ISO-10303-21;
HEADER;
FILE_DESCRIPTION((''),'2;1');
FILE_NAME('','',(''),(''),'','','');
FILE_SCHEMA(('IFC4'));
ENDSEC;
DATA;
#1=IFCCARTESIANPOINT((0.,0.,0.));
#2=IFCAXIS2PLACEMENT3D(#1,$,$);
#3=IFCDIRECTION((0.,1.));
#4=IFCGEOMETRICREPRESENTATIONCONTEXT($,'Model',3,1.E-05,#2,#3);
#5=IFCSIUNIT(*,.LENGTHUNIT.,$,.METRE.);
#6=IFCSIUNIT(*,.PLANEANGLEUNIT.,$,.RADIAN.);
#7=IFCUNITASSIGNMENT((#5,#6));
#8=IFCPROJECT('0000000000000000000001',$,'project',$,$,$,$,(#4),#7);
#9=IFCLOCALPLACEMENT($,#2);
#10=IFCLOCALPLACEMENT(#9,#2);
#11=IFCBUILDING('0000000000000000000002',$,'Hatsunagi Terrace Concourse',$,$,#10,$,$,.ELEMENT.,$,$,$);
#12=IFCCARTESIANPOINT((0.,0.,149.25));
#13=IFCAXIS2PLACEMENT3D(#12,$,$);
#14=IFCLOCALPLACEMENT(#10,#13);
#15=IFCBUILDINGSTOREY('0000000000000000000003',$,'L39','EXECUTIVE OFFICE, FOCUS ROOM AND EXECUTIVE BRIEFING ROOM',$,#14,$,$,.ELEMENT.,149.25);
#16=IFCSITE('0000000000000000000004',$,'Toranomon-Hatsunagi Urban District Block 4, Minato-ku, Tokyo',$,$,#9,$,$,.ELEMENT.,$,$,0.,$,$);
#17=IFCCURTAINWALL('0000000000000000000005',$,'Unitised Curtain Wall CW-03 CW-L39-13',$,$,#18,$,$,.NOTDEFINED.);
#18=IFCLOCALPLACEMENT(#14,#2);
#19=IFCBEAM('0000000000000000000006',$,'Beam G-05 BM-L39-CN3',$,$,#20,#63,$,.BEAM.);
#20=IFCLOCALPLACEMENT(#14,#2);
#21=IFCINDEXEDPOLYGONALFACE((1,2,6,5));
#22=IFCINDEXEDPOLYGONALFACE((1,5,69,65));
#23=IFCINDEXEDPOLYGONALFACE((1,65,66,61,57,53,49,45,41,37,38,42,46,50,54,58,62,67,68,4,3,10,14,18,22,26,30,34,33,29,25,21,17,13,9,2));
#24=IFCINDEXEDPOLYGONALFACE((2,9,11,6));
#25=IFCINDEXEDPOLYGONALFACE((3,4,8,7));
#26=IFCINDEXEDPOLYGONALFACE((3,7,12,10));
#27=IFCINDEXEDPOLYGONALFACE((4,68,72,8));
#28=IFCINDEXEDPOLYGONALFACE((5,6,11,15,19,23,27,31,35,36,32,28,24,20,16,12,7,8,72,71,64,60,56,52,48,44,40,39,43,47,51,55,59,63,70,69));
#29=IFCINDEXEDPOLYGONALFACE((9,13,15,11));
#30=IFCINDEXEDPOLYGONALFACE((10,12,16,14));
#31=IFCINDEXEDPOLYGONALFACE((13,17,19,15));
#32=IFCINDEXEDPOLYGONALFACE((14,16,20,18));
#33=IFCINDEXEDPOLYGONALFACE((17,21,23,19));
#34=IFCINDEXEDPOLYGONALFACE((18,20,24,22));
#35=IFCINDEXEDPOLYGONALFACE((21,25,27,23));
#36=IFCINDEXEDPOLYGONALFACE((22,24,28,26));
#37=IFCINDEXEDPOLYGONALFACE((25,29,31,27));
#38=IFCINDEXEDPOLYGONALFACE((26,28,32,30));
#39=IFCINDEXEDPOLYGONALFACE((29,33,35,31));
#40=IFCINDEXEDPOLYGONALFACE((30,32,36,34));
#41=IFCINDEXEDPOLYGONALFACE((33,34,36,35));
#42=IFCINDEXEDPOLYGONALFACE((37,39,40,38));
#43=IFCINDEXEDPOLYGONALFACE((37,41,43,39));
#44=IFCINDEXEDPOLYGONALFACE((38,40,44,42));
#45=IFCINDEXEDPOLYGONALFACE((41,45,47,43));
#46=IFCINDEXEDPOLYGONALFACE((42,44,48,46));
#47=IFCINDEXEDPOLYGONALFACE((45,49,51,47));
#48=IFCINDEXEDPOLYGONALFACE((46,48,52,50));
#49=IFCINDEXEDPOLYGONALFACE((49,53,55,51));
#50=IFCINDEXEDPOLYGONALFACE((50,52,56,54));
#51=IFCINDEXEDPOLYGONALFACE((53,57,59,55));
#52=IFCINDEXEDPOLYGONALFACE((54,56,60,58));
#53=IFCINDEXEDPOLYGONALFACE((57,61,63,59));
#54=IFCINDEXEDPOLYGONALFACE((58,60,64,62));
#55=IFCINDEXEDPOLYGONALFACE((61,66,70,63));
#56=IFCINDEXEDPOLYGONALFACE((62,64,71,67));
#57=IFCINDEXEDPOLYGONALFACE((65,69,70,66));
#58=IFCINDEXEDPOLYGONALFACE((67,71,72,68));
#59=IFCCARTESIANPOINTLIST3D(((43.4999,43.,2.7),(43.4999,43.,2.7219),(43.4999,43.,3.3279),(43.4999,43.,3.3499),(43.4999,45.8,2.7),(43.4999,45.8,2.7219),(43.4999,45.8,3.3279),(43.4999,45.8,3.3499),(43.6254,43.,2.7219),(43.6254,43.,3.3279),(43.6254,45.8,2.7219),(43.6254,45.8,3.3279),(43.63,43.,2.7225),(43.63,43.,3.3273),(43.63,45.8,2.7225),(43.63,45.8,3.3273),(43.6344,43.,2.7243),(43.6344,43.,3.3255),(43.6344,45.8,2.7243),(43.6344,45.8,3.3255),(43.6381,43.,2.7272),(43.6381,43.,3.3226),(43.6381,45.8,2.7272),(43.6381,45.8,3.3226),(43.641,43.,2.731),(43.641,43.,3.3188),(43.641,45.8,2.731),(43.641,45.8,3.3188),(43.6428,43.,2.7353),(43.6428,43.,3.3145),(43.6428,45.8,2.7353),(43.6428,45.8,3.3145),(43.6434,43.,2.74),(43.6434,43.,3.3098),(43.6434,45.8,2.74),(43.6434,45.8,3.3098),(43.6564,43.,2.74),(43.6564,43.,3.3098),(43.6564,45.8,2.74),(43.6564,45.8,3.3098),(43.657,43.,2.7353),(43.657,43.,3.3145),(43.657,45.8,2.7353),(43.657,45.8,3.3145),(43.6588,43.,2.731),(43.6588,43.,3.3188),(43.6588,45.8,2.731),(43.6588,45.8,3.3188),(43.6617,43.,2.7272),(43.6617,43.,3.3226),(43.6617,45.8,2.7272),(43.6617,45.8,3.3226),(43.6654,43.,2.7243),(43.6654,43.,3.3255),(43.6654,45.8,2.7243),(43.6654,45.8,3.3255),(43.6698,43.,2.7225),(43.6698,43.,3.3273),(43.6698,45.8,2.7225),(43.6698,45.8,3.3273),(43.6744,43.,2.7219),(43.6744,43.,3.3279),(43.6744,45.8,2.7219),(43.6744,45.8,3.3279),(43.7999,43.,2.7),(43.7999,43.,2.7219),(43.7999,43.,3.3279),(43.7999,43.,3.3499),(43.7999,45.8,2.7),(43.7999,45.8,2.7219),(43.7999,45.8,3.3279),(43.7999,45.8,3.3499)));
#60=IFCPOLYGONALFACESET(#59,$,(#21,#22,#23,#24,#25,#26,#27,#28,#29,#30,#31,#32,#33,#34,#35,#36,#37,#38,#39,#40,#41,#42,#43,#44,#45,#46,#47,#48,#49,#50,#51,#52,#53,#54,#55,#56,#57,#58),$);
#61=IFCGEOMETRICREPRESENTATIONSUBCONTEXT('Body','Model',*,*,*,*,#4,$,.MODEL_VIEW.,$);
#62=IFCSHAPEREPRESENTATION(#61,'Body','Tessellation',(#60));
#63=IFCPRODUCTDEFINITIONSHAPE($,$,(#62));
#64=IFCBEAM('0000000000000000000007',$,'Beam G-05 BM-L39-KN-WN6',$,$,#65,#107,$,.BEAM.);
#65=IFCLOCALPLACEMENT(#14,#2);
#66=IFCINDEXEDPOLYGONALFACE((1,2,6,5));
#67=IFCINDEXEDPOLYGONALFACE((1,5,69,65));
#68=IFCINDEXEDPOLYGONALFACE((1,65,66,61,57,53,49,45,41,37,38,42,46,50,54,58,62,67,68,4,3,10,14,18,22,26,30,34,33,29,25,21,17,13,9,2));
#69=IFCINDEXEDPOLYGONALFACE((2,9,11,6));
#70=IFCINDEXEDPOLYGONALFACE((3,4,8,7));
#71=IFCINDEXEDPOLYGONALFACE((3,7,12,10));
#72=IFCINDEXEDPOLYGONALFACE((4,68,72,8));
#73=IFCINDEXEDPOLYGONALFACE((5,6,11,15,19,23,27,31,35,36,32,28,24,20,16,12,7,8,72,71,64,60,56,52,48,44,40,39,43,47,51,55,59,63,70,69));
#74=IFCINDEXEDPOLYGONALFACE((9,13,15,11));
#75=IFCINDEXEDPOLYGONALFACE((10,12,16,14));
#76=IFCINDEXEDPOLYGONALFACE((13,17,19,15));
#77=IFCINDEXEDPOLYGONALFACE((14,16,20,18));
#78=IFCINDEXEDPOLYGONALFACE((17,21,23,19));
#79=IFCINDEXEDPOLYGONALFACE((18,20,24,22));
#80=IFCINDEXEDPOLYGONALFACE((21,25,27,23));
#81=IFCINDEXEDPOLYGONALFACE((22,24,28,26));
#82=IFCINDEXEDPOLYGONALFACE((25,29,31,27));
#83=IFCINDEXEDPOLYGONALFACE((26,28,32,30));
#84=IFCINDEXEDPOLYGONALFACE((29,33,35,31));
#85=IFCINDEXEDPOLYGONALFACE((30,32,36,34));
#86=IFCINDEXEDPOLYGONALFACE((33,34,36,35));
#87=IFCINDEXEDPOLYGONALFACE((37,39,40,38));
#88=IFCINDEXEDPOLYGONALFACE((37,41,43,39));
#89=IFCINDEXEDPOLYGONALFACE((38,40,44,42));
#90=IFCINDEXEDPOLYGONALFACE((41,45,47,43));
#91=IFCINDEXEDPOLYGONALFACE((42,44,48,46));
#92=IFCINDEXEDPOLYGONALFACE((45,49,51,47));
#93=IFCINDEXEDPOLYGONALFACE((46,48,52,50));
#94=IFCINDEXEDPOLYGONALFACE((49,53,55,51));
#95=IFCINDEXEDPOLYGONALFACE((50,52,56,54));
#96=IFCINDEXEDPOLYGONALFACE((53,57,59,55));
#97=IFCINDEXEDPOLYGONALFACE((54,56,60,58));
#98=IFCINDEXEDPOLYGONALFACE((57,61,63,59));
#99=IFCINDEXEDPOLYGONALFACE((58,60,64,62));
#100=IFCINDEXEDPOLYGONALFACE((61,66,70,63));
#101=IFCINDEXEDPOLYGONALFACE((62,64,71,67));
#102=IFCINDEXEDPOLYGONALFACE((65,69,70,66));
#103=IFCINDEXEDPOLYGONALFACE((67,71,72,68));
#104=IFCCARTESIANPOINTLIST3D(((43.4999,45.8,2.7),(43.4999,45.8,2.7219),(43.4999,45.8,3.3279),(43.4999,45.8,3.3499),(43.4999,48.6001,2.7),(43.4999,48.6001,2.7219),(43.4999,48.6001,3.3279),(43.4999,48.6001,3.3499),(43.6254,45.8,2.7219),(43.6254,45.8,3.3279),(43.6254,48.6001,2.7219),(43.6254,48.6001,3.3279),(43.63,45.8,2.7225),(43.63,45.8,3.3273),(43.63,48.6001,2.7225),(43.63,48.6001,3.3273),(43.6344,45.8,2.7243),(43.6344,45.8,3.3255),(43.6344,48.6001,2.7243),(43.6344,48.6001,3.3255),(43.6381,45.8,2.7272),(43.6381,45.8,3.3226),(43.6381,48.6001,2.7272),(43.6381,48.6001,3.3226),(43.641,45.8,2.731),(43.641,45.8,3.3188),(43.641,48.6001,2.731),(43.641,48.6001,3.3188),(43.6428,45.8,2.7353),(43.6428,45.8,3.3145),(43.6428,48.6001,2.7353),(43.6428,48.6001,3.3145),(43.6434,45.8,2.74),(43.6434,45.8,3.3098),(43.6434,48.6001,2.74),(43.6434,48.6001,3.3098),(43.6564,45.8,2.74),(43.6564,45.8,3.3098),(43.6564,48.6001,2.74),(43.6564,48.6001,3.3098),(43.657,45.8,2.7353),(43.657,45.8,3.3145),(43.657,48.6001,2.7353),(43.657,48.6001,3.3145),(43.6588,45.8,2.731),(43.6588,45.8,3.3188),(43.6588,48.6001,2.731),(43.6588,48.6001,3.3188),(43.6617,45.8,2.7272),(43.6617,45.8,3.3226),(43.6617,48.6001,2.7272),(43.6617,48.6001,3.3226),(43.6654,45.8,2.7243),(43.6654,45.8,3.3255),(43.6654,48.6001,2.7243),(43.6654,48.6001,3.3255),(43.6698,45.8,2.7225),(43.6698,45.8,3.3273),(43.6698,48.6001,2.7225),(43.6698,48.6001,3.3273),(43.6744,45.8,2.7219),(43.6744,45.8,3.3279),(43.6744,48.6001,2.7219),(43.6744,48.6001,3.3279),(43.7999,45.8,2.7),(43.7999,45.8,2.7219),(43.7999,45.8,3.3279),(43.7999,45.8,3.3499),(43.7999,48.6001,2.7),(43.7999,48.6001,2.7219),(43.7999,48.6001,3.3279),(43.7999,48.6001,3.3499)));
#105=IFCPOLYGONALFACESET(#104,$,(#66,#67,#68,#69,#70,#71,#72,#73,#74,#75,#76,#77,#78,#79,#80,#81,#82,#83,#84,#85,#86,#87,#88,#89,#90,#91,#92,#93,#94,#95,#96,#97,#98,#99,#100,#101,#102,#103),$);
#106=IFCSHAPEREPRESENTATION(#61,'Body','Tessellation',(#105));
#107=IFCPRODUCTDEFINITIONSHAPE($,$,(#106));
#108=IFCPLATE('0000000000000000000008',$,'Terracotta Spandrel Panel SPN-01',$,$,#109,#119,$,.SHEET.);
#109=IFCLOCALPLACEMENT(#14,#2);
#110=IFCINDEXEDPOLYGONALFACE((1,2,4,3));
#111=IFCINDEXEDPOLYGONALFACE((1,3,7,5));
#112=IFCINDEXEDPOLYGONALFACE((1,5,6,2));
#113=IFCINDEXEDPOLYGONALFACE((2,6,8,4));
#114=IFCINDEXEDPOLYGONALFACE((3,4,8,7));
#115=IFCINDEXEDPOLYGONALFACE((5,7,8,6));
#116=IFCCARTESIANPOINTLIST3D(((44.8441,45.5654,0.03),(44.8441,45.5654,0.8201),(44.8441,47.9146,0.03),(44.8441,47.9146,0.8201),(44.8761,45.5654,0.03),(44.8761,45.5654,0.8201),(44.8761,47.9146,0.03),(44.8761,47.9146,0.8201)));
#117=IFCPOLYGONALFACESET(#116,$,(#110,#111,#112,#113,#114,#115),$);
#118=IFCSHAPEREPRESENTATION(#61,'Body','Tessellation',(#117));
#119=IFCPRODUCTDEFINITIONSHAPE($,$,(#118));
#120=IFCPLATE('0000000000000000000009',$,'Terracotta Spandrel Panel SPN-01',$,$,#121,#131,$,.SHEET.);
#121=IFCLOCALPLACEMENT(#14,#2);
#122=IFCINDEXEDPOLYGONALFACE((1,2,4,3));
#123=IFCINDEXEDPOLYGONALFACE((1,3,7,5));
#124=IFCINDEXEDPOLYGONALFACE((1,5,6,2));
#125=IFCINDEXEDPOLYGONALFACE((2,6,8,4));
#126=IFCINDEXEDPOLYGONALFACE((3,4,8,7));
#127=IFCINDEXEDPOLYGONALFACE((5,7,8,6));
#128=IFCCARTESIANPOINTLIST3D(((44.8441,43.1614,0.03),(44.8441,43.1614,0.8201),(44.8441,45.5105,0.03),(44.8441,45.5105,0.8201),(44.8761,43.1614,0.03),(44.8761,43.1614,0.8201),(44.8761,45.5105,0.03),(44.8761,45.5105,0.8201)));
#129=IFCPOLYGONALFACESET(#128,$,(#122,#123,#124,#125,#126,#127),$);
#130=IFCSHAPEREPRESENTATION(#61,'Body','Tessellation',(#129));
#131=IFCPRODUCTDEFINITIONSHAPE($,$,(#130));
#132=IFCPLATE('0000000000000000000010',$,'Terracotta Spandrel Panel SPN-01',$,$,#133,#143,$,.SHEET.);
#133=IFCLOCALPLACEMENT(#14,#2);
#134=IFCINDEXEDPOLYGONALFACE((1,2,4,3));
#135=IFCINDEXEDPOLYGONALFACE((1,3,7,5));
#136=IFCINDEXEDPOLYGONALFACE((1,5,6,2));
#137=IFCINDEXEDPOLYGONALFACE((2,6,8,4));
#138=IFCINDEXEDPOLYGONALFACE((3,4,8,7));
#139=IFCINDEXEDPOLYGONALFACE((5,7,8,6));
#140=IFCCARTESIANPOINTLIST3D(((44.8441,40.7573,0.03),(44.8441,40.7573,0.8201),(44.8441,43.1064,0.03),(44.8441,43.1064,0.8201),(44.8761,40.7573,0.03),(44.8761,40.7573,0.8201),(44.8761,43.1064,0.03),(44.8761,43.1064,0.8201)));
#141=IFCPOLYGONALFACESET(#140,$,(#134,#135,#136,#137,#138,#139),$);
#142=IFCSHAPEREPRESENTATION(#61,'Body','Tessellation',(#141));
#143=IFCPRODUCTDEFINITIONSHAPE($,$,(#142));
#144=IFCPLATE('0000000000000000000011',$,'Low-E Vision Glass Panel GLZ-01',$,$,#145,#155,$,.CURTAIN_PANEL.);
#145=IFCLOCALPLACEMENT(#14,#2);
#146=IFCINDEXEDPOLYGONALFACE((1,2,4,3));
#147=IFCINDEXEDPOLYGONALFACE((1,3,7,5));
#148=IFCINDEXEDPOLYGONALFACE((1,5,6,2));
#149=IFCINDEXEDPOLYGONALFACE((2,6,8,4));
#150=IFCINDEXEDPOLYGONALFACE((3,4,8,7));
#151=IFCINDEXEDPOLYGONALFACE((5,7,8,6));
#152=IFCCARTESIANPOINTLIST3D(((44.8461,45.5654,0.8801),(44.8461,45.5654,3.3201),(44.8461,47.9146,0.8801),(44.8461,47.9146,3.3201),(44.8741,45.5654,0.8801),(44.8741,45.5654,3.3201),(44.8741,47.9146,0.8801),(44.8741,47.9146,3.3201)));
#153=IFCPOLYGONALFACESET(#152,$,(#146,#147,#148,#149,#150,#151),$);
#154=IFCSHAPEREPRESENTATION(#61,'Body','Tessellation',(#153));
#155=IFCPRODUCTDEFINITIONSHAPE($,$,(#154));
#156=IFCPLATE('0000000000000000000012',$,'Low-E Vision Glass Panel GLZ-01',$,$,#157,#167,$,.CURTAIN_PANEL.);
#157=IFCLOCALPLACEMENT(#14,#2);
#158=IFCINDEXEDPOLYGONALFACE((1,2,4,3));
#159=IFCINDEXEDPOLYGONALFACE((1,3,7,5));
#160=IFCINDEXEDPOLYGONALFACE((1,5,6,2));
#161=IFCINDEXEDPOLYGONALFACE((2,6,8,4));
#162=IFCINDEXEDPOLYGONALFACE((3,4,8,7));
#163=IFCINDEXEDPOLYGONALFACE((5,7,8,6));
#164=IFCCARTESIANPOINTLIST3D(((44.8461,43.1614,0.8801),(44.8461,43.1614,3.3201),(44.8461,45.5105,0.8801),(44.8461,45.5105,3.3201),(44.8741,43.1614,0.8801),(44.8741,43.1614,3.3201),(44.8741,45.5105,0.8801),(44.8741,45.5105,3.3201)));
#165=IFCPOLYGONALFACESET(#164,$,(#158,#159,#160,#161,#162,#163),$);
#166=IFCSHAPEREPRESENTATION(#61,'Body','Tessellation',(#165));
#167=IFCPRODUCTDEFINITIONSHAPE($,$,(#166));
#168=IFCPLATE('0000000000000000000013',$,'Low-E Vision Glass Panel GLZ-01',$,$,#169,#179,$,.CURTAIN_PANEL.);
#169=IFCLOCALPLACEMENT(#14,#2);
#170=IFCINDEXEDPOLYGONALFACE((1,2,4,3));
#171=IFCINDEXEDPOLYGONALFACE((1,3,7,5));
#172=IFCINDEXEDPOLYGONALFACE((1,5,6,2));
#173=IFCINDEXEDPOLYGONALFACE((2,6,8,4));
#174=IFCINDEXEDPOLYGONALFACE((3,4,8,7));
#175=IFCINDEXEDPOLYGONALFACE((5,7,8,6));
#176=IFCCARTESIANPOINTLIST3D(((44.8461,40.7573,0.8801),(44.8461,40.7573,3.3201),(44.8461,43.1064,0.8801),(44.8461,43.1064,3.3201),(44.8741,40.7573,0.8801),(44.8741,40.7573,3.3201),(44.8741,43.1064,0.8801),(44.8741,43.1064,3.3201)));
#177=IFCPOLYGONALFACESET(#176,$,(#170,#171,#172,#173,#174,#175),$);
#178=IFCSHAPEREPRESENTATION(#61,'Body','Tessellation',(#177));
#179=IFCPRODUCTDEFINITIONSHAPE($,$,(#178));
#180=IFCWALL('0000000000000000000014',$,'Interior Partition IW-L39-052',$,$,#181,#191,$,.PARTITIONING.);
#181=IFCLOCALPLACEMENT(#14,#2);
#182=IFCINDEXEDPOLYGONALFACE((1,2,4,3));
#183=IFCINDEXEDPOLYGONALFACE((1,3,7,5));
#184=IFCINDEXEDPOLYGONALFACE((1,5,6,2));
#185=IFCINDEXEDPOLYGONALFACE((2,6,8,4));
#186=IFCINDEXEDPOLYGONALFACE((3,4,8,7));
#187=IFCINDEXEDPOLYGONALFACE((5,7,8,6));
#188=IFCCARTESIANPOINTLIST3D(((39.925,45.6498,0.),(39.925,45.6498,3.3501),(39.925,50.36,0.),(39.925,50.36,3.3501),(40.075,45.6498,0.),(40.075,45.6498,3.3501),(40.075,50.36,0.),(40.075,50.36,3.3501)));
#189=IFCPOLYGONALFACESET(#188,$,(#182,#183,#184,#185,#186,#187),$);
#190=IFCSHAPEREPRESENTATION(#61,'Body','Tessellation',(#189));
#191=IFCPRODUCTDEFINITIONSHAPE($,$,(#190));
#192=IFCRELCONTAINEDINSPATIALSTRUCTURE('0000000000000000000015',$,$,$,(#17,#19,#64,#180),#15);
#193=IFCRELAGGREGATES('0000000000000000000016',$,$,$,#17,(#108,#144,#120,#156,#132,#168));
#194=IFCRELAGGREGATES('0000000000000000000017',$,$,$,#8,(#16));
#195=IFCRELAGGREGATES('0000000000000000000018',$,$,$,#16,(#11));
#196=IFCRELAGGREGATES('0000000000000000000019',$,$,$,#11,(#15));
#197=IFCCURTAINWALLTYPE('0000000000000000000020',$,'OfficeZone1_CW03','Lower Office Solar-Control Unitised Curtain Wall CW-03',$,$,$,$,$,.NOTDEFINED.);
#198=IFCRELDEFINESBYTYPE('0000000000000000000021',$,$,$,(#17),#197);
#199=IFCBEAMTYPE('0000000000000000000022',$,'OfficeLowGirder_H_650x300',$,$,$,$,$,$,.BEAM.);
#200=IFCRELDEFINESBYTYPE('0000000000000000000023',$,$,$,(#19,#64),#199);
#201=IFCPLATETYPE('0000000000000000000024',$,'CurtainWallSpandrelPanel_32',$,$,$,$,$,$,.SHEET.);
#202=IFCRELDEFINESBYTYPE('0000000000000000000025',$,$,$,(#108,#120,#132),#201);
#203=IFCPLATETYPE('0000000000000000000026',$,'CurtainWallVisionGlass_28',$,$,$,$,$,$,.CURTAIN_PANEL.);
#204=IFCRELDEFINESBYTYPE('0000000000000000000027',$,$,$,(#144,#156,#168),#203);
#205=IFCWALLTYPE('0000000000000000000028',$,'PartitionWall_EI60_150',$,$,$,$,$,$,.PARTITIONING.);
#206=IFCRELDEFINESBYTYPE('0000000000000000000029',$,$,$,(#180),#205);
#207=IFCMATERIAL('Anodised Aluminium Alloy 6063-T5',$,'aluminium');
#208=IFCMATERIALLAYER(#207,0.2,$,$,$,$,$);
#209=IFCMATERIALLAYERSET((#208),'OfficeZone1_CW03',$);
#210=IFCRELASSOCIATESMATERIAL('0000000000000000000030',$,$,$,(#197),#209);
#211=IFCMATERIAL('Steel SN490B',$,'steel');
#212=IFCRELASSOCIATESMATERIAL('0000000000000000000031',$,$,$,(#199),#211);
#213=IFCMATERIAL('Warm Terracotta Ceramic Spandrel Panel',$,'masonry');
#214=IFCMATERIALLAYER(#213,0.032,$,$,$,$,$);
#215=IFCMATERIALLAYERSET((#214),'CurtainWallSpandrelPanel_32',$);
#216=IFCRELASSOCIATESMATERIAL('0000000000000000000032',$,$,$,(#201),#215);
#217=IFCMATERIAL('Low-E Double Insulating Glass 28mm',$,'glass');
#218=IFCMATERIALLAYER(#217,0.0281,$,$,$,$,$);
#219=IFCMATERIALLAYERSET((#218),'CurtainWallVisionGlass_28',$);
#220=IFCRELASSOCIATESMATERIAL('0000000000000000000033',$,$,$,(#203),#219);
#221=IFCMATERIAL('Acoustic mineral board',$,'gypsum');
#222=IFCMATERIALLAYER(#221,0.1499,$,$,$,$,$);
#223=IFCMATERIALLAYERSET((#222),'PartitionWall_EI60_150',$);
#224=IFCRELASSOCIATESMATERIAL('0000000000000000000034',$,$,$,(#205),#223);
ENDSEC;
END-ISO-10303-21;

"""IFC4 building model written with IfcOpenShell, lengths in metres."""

from ifc_helpers import new_model, si_unit, direction, frame, frame_2d, origin, origin_2d, place, context, subcontext, project, spatial, rectangle, i_section, extrude, material, layer, layer_set, material_profile, profile_set, type_object, element, aggregate, save


model = new_model("IFC4")

# Units and contexts
model_context = context("Model", 3, precision=1e-05, world=origin(), true_north=direction((0.0, 1.0)))
body_context = subcontext(model_context, "Body", "Model", "MODEL_VIEW")
ifc_project = project(units=[si_unit("LENGTHUNIT", "METRE"), si_unit("PLANEANGLEUNIT", "RADIAN")], contexts=[model_context])

# Site, building, storey
site_placement = place(None, origin())
site = spatial("IfcSite", under=ifc_project, at=site_placement, Name="Toranomon-Hatsunagi Urban District Block 4, Minato-ku, Tokyo", CompositionType="ELEMENT", RefElevation=0.0)
building_placement = place(site_placement, origin())
building = spatial("IfcBuilding", under=site, at=building_placement, Name="Hatsunagi Terrace Concourse", CompositionType="ELEMENT")
storey_placement = place(building_placement, frame((0.0, 0.0, 149.25)))
storey = spatial("IfcBuildingStorey", under=building, at=storey_placement, Name="L39", Description="EXECUTIVE OFFICE, FOCUS ROOM AND EXECUTIVE BRIEFING ROOM", CompositionType="ELEMENT", Elevation=149.25)

# Curtain wall
ifc_material_1 = material(Name="Anodised Aluminium Alloy 6063-T5", Category="aluminium")
ifc_layer_1 = layer(ifc_material_1, 0.2)
ifc_layer_set_1 = layer_set([ifc_layer_1], Name="OfficeZone1_CW03")
curtain_wall_type = type_object("IfcCurtainWallType", Name="OfficeZone1_CW03", Description="Lower Office Solar-Control Unitised Curtain Wall CW-03", PredefinedType="NOTDEFINED", material=ifc_layer_set_1)
curtain_wall_placement = place(storey_placement, origin())
curtain_wall = element("IfcCurtainWall", 1, at=curtain_wall_placement, inside=storey, type_object=curtain_wall_type, Name="Unitised Curtain Wall CW-03 CW-L39-13", PredefinedType="NOTDEFINED")

# Beams
ifc_material_2 = material(Name="Steel SN490B", Category="steel")
ifc_material_profile_1 = material_profile(ifc_material_2, i_section(OverallWidth=0.3, OverallDepth=0.6499, WebThickness=0.0129, FlangeThickness=0.022, FilletRadius=0.0181, at=origin_2d()), Name="H-650x300x13x22")
ifc_profile_set_1 = profile_set([ifc_material_profile_1], Name="Steel SN490B")
beam_type = type_object("IfcBeamType", Name="OfficeLowGirder_H_650x300", PredefinedType="BEAM", material=ifc_profile_set_1)
for number, where, z_axis, x_axis, name in (
    (2, (43.6499, 43.0, 3.0249), (0.0, 1.0, 0.0), (-1.0, 0.0, 0.0), "Beam G-05 BM-L39-CN3"),
    (3, (43.6499, 45.8, 3.0249), (0.0, 1.0, 0.0), (-1.0, 0.0, 0.0), "Beam G-05 BM-L39-KN-WN6"),
):
    element("IfcBeam", number, at=place(storey_placement, frame(where, z_axis=z_axis, x_axis=x_axis)), inside=storey, type_object=beam_type, Name=name, PredefinedType="BEAM", context=body_context, shape_type="SweptSolid", body=[
        extrude(i_section(OverallWidth=0.3, OverallDepth=0.6499, WebThickness=0.0129, FlangeThickness=0.022, FilletRadius=0.0181, at=origin_2d()), origin(), (0.0, 0.0, 1.0), 2.8),
    ])

# Plates
ifc_material_3 = material(Name="Warm Terracotta Ceramic Spandrel Panel", Category="masonry")
ifc_layer_2 = layer(ifc_material_3, 0.032)
ifc_layer_set_2 = layer_set([ifc_layer_2], Name="CurtainWallSpandrelPanel_32")
plate_type_1 = type_object("IfcPlateType", Name="CurtainWallSpandrelPanel_32", PredefinedType="SHEET", material=ifc_layer_set_2)
plate_1_placement = place(storey_placement, frame((44.8601, 46.74, 0.03), z_axis=(0.0, 0.0, 1.0), x_axis=(0.0, -1.0, 0.0)))
plate_1 = element("IfcPlate", 4, at=plate_1_placement, type_object=plate_type_1, Name="Terracotta Spandrel Panel SPN-01", PredefinedType="SHEET", context=body_context, shape_type="SweptSolid", body=[
    extrude(rectangle(XDim=2.3491, YDim=0.032, at=origin_2d()), origin(), (0.0, 0.0, 1.0), 0.79),
])
plate_2_placement = place(storey_placement, frame((44.8601, 44.3359, 0.03), z_axis=(0.0, 0.0, 1.0), x_axis=(0.0, -1.0, 0.0)))
plate_2 = element("IfcPlate", 5, at=plate_2_placement, type_object=plate_type_1, Name="Terracotta Spandrel Panel SPN-01", PredefinedType="SHEET", context=body_context, shape_type="SweptSolid", body=[
    extrude(rectangle(XDim=2.3491, YDim=0.032, at=origin_2d()), origin(), (0.0, 0.0, 1.0), 0.79),
])
plate_3_placement = place(storey_placement, frame((44.8601, 41.9319, 0.03), z_axis=(0.0, 0.0, 1.0), x_axis=(0.0, -1.0, 0.0)))
plate_3 = element("IfcPlate", 6, at=plate_3_placement, type_object=plate_type_1, Name="Terracotta Spandrel Panel SPN-01", PredefinedType="SHEET", context=body_context, shape_type="SweptSolid", body=[
    extrude(rectangle(XDim=2.3491, YDim=0.032, at=origin_2d()), origin(), (0.0, 0.0, 1.0), 0.79),
])
ifc_material_4 = material(Name="Low-E Double Insulating Glass 28mm", Category="glass")
ifc_layer_3 = layer(ifc_material_4, 0.0281)
ifc_layer_set_3 = layer_set([ifc_layer_3], Name="CurtainWallVisionGlass_28")
plate_type_2 = type_object("IfcPlateType", Name="CurtainWallVisionGlass_28", PredefinedType="CURTAIN_PANEL", material=ifc_layer_set_3)
plate_4_placement = place(storey_placement, frame((44.8601, 46.74, 0.8801), z_axis=(0.0, 0.0, 1.0), x_axis=(0.0, -1.0, 0.0)))
plate_4 = element("IfcPlate", 7, at=plate_4_placement, type_object=plate_type_2, Name="Low-E Vision Glass Panel GLZ-01", PredefinedType="CURTAIN_PANEL", context=body_context, shape_type="SweptSolid", body=[
    extrude(rectangle(XDim=2.3491, YDim=0.0281, at=origin_2d()), origin(), (0.0, 0.0, 1.0), 2.4399),
])
plate_5_placement = place(storey_placement, frame((44.8601, 44.3359, 0.8801), z_axis=(0.0, 0.0, 1.0), x_axis=(0.0, -1.0, 0.0)))
plate_5 = element("IfcPlate", 8, at=plate_5_placement, type_object=plate_type_2, Name="Low-E Vision Glass Panel GLZ-01", PredefinedType="CURTAIN_PANEL", context=body_context, shape_type="SweptSolid", body=[
    extrude(rectangle(XDim=2.3491, YDim=0.0281, at=origin_2d()), origin(), (0.0, 0.0, 1.0), 2.4399),
])
plate_6_placement = place(storey_placement, frame((44.8601, 41.9319, 0.8801), z_axis=(0.0, 0.0, 1.0), x_axis=(0.0, -1.0, 0.0)))
plate_6 = element("IfcPlate", 9, at=plate_6_placement, type_object=plate_type_2, Name="Low-E Vision Glass Panel GLZ-01", PredefinedType="CURTAIN_PANEL", context=body_context, shape_type="SweptSolid", body=[
    extrude(rectangle(XDim=2.3491, YDim=0.0281, at=origin_2d()), origin(), (0.0, 0.0, 1.0), 2.4399),
])
aggregate(curtain_wall, [plate_1, plate_4, plate_2, plate_5, plate_3, plate_6])

# Wall
ifc_material_5 = material(Name="Acoustic mineral board", Category="gypsum")
ifc_layer_4 = layer(ifc_material_5, 0.1499)
ifc_layer_set_4 = layer_set([ifc_layer_4], Name="PartitionWall_EI60_150")
wall_type_1 = type_object("IfcWallType", Name="PartitionWall_EI60_150", PredefinedType="PARTITIONING", material=ifc_layer_set_4)
wall_1_placement = place(storey_placement, frame((40.0, 45.6499, 0.0), z_axis=(0.0, 0.0, 1.0), x_axis=(0.0, 1.0, 0.0)))
element("IfcWall", 10, at=wall_1_placement, inside=storey, type_object=wall_type_1, Name="Interior Partition IW-L39-052", PredefinedType="PARTITIONING", context=body_context, shape_type="SweptSolid", body=[
    extrude(rectangle(XDim=4.7102, YDim=0.1499, at=frame_2d((2.355, 0.0))), origin(), (0.0, 0.0, 1.0), 3.3501),
])

save(model, "model.ifc")
